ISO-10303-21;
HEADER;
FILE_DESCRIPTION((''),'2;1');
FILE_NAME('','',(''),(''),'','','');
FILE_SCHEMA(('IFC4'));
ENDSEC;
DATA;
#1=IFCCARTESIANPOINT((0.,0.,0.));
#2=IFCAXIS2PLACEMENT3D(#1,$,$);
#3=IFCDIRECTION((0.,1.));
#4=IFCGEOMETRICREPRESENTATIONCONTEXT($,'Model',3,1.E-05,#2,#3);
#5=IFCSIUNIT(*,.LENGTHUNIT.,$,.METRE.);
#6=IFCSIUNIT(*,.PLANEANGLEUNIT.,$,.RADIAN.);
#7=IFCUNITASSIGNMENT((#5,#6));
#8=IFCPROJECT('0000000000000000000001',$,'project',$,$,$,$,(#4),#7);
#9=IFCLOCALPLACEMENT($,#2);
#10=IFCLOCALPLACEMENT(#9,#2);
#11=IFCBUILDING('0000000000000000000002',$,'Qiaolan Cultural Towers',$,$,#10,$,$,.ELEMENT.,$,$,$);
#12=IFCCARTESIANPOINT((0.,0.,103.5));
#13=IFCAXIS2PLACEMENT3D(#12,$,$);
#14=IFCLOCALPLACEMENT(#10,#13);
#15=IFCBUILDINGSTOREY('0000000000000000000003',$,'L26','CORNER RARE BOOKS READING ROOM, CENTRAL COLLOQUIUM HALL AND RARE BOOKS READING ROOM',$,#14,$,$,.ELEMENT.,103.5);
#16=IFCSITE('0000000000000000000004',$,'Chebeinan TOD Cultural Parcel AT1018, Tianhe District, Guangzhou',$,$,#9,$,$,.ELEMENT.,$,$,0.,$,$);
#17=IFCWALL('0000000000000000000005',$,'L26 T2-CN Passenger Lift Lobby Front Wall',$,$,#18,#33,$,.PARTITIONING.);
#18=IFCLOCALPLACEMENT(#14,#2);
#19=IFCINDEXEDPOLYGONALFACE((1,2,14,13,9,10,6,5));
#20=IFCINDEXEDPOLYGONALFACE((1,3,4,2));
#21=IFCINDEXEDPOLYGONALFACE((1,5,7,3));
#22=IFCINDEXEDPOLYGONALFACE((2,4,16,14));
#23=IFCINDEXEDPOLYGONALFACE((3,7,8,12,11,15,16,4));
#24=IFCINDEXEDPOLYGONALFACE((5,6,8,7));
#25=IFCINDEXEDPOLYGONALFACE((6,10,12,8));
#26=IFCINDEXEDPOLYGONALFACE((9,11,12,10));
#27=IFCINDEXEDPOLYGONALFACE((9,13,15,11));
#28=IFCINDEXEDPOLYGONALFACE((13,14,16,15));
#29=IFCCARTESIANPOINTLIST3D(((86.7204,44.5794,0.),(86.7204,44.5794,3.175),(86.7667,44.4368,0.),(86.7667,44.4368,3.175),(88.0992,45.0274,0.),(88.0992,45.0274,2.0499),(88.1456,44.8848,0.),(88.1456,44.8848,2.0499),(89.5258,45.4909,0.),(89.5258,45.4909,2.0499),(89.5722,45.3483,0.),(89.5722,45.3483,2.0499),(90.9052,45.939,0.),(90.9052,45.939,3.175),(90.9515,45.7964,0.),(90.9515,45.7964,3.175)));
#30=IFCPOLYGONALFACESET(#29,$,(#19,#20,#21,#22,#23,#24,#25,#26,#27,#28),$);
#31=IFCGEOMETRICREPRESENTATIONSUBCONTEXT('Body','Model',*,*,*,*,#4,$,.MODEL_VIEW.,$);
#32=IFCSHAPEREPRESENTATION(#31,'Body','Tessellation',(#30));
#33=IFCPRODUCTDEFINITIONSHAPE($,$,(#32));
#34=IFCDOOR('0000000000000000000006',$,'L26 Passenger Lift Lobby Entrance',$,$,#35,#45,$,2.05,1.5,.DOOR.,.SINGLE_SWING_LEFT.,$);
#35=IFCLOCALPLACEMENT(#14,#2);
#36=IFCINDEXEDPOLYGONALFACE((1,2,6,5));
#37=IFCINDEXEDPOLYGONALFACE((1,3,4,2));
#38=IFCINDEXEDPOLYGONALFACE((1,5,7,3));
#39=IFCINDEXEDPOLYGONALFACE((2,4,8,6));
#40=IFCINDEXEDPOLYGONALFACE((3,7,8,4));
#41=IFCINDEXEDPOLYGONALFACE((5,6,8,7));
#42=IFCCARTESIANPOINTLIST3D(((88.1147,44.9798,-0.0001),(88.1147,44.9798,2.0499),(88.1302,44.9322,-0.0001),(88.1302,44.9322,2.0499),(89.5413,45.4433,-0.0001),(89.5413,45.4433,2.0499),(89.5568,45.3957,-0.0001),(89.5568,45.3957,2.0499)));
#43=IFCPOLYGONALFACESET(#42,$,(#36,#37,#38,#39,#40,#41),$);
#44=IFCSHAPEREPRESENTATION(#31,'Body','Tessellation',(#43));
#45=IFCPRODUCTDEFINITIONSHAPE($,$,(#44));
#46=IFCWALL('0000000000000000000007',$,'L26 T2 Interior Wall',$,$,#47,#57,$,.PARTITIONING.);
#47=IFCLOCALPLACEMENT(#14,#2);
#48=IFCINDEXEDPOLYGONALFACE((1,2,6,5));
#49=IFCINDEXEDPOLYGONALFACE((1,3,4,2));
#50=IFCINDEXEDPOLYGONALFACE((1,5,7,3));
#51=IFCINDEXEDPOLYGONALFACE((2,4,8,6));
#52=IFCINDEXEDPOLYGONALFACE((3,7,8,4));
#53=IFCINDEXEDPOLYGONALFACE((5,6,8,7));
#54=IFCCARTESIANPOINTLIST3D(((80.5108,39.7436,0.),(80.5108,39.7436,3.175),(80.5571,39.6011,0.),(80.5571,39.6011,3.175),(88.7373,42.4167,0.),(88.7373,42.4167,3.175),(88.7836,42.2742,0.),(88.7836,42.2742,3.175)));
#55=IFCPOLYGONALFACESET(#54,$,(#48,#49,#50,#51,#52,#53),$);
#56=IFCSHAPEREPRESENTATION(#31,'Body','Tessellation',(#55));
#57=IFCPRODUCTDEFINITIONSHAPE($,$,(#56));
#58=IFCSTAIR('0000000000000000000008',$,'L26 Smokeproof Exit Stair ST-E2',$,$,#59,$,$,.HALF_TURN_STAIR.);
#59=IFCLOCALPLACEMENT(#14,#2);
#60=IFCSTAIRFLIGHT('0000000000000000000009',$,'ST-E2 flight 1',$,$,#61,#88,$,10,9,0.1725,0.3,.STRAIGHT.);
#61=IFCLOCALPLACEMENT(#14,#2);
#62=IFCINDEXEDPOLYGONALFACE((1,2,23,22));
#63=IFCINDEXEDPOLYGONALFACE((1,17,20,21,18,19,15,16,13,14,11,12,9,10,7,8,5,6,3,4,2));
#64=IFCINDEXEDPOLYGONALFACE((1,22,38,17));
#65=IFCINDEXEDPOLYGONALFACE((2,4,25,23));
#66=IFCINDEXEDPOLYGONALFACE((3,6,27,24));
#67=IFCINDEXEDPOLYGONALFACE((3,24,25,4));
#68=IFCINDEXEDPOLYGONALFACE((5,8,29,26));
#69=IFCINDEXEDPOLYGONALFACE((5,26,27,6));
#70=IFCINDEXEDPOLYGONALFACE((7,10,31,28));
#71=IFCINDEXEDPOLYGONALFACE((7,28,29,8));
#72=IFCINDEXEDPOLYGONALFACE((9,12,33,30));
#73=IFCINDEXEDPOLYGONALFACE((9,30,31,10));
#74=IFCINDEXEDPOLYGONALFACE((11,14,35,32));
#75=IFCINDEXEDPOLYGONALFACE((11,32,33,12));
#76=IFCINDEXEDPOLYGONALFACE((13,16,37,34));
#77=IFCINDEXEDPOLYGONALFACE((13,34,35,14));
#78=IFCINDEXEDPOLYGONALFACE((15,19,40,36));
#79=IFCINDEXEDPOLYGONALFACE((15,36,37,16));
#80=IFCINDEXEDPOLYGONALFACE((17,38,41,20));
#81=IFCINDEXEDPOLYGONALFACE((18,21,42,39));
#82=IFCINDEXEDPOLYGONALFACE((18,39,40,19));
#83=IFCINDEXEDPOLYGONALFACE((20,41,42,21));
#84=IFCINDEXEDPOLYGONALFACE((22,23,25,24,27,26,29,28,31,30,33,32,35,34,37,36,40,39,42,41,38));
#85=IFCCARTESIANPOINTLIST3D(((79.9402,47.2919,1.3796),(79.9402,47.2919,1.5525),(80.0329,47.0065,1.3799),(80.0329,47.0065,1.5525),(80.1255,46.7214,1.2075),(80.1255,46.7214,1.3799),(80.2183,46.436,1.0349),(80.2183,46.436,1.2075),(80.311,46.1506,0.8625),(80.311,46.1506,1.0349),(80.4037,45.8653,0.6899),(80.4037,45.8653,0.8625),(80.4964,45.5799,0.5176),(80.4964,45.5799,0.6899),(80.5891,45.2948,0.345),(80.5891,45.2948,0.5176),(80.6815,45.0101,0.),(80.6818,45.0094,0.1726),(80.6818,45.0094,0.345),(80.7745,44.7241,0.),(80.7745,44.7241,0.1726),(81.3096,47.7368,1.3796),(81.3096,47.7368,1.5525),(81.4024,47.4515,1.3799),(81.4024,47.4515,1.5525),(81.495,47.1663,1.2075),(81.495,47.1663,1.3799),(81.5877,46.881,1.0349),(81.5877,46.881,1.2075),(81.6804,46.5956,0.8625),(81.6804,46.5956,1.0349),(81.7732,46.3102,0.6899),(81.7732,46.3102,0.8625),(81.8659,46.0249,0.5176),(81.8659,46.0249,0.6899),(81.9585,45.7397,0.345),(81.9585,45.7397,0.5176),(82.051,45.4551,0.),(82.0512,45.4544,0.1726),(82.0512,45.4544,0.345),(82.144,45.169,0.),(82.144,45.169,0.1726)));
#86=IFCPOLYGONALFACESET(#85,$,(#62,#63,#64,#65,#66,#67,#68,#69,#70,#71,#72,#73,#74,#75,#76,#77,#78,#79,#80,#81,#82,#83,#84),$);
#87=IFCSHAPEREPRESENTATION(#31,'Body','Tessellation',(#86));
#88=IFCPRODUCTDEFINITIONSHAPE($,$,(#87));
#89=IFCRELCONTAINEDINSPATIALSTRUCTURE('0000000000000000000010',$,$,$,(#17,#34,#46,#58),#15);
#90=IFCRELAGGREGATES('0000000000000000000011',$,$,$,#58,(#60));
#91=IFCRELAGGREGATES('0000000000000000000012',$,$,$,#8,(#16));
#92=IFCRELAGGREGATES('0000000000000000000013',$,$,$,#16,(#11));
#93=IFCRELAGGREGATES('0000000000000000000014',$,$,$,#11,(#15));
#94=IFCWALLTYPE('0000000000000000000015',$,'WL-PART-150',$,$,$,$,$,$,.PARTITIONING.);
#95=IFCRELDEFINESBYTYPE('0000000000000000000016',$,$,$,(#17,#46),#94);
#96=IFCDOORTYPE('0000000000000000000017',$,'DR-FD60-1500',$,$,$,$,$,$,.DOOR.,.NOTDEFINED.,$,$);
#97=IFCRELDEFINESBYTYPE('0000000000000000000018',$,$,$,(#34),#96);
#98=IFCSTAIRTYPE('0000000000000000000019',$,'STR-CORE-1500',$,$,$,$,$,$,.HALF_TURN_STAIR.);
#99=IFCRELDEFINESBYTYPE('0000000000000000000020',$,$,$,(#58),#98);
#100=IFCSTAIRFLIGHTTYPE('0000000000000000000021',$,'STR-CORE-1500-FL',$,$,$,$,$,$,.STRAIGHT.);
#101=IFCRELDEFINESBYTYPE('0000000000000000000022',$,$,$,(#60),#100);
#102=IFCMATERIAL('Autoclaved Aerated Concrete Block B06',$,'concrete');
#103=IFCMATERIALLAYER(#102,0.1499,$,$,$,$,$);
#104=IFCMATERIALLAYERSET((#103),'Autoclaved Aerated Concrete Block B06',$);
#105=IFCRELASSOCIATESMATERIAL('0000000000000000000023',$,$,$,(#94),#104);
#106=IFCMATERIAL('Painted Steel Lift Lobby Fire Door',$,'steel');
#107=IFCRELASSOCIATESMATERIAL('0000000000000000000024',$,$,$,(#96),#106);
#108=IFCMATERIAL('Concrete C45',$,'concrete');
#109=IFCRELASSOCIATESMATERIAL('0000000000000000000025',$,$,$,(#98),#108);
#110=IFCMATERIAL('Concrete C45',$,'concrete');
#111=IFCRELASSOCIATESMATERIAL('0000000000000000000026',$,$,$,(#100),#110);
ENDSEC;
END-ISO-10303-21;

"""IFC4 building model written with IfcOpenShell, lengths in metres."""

from ifc_helpers import new_model, si_unit, direction, frame, frame_2d, origin, place, context, subcontext, project, spatial, polyline, rectangle, outline, extrude, material, layer, layer_set, type_object, element, fill, aggregate, save


model = new_model("IFC4")

# Units and contexts
model_context = context("Model", 3, precision=1e-05, world=origin(), true_north=direction((0.0, 1.0)))
body_context = subcontext(model_context, "Body", "Model", "MODEL_VIEW")
ifc_project = project(units=[si_unit("LENGTHUNIT", "METRE"), si_unit("PLANEANGLEUNIT", "RADIAN")], contexts=[model_context])

# Site, building, storey
site_placement = place(None, origin())
site = spatial("IfcSite", under=ifc_project, at=site_placement, Name="Chebeinan TOD Cultural Parcel AT1018, Tianhe District, Guangzhou", CompositionType="ELEMENT", RefElevation=0.0)
building_placement = place(site_placement, origin())
building = spatial("IfcBuilding", under=site, at=building_placement, Name="Qiaolan Cultural Towers", CompositionType="ELEMENT")
storey_placement = place(building_placement, frame((0.0, 0.0, 103.5)))
storey = spatial("IfcBuildingStorey", under=building, at=storey_placement, Name="L26", Description="CORNER RARE BOOKS READING ROOM, CENTRAL COLLOQUIUM HALL AND RARE BOOKS READING ROOM", CompositionType="ELEMENT", Elevation=103.5)

# Wall, opening, door
ifc_material_1 = material(Name="Autoclaved Aerated Concrete Block B06", Category="concrete")
ifc_layer_1 = layer(ifc_material_1, 0.1499)
ifc_layer_set_1 = layer_set([ifc_layer_1], Name="Autoclaved Aerated Concrete Block B06")
wall_type_1 = type_object("IfcWallType", Name="WL-PART-150", PredefinedType="PARTITIONING", material=ifc_layer_set_1)
wall_1_placement = place(storey_placement, frame((86.7434, 44.5081, 0.0), z_axis=(0.0, 0.0, 1.0), x_axis=(0.951064, 0.308994, 0.0)))
wall_1 = element("IfcWall", 1, at=wall_1_placement, inside=storey, type_object=wall_type_1, Name="L26 T2-CN Passenger Lift Lobby Front Wall", PredefinedType="PARTITIONING", context=body_context, shape_type="SweptSolid", body=[
    extrude(rectangle(XDim=4.4001, YDim=0.1499, at=frame_2d((2.2002, 0.0))), origin(), (0.0, 0.0, 1.0), 3.175),
])
opening_1_placement = place(wall_1_placement, frame((1.45, 0.0, 0.0)))
opening_1 = element("IfcOpeningElement", 2, at=opening_1_placement, cuts=wall_1, PredefinedType="OPENING", context=body_context, shape_type="SweptSolid", body=[
    extrude(rectangle(XDim=1.5, YDim=2.05, at=frame_2d((0.75, 1.0249))), frame((0.0, 0.085, 0.0), z_axis=(0.0, -1.0, 0.0), x_axis=(1.0, 0.0, 0.0)), (0.0, 0.0, 1.0), 0.1699),
])
ifc_material_2 = material(Name="Painted Steel Lift Lobby Fire Door", Category="steel")
door_type_1 = type_object("IfcDoorType", Name="DR-FD60-1500", OperationType="NOTDEFINED", PredefinedType="DOOR", material=ifc_material_2)
door_1_placement = place(opening_1_placement, origin())
door_1 = element("IfcDoor", 3, at=door_1_placement, inside=storey, type_object=door_type_1, Name="L26 Passenger Lift Lobby Entrance", OperationType="SINGLE_SWING_LEFT", OverallHeight=2.05, OverallWidth=1.5, PredefinedType="DOOR", context=body_context, shape_type="SweptSolid", body=[
    extrude(rectangle(XDim=1.5, YDim=2.05, at=frame_2d((0.75, 1.0249))), frame((0.0, 0.0249, 0.0), z_axis=(0.0, -1.0, 0.0), x_axis=(1.0, 0.0, 0.0)), (0.0, 0.0, 1.0), 0.05),
])
fill(opening_1, door_1)

# Wall
wall_2_placement = place(storey_placement, frame((80.5339, 39.6724, 0.0), z_axis=(0.0, 0.0, 1.0), x_axis=(0.951052, 0.30903, 0.0)))
element("IfcWall", 4, at=wall_2_placement, inside=storey, type_object=wall_type_1, Name="L26 T2 Interior Wall", PredefinedType="PARTITIONING", context=body_context, shape_type="SweptSolid", body=[
    extrude(rectangle(XDim=8.6499, YDim=0.1499, at=frame_2d((4.325, 0.0))), origin(), (0.0, 0.0, 1.0), 3.175),
])

# Stair, stair flight
ifc_material_3 = material(Name="Concrete C45", Category="concrete")
stair_type = type_object("IfcStairType", Name="STR-CORE-1500", PredefinedType="HALF_TURN_STAIR", material=ifc_material_3)
stair_placement = place(storey_placement, origin())
stair = element("IfcStair", 5, at=stair_placement, inside=storey, type_object=stair_type, Name="L26 Smokeproof Exit Stair ST-E2", PredefinedType="HALF_TURN_STAIR")
ifc_material_4 = material(Name="Concrete C45", Category="concrete")
stair_flight_type = type_object("IfcStairFlightType", Name="STR-CORE-1500-FL", PredefinedType="STRAIGHT", material=ifc_material_4)
stair_flight_placement = place(storey_placement, frame((81.4592, 44.9465, 0.0), z_axis=(0.0, 0.0, 1.0), x_axis=(-0.309017, 0.951057, 0.0)))
stair_flight = element("IfcStairFlight", 6, at=stair_flight_placement, type_object=stair_flight_type, Name="ST-E2 flight 1", NumberOfRisers=10, NumberOfTreads=9, PredefinedType="STRAIGHT", RiserHeight=0.1725, TreadLength=0.3, context=body_context, shape_type="SweptSolid", body=[
    extrude(outline(polyline([(0.0, 0.0), (0.0, 0.1726), (0.3, 0.1726), (0.3, 0.345), (0.6001, 0.345), (0.6001, 0.5176), (0.8999, 0.5176), (0.8999, 0.6899), (1.2, 0.6899), (1.2, 0.8625), (1.5, 0.8625), (1.5, 1.0349), (1.8, 1.0349), (1.8, 1.2075), (2.1001, 1.2075), (2.1001, 1.3799), (2.3999, 1.3799), (2.3999, 1.5525), (2.7, 1.5525), (2.7, 1.7251), (2.7, 1.3796), (0.3008, 0.0), (0.0, 0.0)])), frame((0.0, 0.72, 0.0), z_axis=(0.0, -1.0, 0.0), x_axis=(1.0, 0.0, 0.0)), (0.0, 0.0, 1.0), 1.4399),
])
aggregate(stair, [stair_flight])

save(model, "model.ifc")
